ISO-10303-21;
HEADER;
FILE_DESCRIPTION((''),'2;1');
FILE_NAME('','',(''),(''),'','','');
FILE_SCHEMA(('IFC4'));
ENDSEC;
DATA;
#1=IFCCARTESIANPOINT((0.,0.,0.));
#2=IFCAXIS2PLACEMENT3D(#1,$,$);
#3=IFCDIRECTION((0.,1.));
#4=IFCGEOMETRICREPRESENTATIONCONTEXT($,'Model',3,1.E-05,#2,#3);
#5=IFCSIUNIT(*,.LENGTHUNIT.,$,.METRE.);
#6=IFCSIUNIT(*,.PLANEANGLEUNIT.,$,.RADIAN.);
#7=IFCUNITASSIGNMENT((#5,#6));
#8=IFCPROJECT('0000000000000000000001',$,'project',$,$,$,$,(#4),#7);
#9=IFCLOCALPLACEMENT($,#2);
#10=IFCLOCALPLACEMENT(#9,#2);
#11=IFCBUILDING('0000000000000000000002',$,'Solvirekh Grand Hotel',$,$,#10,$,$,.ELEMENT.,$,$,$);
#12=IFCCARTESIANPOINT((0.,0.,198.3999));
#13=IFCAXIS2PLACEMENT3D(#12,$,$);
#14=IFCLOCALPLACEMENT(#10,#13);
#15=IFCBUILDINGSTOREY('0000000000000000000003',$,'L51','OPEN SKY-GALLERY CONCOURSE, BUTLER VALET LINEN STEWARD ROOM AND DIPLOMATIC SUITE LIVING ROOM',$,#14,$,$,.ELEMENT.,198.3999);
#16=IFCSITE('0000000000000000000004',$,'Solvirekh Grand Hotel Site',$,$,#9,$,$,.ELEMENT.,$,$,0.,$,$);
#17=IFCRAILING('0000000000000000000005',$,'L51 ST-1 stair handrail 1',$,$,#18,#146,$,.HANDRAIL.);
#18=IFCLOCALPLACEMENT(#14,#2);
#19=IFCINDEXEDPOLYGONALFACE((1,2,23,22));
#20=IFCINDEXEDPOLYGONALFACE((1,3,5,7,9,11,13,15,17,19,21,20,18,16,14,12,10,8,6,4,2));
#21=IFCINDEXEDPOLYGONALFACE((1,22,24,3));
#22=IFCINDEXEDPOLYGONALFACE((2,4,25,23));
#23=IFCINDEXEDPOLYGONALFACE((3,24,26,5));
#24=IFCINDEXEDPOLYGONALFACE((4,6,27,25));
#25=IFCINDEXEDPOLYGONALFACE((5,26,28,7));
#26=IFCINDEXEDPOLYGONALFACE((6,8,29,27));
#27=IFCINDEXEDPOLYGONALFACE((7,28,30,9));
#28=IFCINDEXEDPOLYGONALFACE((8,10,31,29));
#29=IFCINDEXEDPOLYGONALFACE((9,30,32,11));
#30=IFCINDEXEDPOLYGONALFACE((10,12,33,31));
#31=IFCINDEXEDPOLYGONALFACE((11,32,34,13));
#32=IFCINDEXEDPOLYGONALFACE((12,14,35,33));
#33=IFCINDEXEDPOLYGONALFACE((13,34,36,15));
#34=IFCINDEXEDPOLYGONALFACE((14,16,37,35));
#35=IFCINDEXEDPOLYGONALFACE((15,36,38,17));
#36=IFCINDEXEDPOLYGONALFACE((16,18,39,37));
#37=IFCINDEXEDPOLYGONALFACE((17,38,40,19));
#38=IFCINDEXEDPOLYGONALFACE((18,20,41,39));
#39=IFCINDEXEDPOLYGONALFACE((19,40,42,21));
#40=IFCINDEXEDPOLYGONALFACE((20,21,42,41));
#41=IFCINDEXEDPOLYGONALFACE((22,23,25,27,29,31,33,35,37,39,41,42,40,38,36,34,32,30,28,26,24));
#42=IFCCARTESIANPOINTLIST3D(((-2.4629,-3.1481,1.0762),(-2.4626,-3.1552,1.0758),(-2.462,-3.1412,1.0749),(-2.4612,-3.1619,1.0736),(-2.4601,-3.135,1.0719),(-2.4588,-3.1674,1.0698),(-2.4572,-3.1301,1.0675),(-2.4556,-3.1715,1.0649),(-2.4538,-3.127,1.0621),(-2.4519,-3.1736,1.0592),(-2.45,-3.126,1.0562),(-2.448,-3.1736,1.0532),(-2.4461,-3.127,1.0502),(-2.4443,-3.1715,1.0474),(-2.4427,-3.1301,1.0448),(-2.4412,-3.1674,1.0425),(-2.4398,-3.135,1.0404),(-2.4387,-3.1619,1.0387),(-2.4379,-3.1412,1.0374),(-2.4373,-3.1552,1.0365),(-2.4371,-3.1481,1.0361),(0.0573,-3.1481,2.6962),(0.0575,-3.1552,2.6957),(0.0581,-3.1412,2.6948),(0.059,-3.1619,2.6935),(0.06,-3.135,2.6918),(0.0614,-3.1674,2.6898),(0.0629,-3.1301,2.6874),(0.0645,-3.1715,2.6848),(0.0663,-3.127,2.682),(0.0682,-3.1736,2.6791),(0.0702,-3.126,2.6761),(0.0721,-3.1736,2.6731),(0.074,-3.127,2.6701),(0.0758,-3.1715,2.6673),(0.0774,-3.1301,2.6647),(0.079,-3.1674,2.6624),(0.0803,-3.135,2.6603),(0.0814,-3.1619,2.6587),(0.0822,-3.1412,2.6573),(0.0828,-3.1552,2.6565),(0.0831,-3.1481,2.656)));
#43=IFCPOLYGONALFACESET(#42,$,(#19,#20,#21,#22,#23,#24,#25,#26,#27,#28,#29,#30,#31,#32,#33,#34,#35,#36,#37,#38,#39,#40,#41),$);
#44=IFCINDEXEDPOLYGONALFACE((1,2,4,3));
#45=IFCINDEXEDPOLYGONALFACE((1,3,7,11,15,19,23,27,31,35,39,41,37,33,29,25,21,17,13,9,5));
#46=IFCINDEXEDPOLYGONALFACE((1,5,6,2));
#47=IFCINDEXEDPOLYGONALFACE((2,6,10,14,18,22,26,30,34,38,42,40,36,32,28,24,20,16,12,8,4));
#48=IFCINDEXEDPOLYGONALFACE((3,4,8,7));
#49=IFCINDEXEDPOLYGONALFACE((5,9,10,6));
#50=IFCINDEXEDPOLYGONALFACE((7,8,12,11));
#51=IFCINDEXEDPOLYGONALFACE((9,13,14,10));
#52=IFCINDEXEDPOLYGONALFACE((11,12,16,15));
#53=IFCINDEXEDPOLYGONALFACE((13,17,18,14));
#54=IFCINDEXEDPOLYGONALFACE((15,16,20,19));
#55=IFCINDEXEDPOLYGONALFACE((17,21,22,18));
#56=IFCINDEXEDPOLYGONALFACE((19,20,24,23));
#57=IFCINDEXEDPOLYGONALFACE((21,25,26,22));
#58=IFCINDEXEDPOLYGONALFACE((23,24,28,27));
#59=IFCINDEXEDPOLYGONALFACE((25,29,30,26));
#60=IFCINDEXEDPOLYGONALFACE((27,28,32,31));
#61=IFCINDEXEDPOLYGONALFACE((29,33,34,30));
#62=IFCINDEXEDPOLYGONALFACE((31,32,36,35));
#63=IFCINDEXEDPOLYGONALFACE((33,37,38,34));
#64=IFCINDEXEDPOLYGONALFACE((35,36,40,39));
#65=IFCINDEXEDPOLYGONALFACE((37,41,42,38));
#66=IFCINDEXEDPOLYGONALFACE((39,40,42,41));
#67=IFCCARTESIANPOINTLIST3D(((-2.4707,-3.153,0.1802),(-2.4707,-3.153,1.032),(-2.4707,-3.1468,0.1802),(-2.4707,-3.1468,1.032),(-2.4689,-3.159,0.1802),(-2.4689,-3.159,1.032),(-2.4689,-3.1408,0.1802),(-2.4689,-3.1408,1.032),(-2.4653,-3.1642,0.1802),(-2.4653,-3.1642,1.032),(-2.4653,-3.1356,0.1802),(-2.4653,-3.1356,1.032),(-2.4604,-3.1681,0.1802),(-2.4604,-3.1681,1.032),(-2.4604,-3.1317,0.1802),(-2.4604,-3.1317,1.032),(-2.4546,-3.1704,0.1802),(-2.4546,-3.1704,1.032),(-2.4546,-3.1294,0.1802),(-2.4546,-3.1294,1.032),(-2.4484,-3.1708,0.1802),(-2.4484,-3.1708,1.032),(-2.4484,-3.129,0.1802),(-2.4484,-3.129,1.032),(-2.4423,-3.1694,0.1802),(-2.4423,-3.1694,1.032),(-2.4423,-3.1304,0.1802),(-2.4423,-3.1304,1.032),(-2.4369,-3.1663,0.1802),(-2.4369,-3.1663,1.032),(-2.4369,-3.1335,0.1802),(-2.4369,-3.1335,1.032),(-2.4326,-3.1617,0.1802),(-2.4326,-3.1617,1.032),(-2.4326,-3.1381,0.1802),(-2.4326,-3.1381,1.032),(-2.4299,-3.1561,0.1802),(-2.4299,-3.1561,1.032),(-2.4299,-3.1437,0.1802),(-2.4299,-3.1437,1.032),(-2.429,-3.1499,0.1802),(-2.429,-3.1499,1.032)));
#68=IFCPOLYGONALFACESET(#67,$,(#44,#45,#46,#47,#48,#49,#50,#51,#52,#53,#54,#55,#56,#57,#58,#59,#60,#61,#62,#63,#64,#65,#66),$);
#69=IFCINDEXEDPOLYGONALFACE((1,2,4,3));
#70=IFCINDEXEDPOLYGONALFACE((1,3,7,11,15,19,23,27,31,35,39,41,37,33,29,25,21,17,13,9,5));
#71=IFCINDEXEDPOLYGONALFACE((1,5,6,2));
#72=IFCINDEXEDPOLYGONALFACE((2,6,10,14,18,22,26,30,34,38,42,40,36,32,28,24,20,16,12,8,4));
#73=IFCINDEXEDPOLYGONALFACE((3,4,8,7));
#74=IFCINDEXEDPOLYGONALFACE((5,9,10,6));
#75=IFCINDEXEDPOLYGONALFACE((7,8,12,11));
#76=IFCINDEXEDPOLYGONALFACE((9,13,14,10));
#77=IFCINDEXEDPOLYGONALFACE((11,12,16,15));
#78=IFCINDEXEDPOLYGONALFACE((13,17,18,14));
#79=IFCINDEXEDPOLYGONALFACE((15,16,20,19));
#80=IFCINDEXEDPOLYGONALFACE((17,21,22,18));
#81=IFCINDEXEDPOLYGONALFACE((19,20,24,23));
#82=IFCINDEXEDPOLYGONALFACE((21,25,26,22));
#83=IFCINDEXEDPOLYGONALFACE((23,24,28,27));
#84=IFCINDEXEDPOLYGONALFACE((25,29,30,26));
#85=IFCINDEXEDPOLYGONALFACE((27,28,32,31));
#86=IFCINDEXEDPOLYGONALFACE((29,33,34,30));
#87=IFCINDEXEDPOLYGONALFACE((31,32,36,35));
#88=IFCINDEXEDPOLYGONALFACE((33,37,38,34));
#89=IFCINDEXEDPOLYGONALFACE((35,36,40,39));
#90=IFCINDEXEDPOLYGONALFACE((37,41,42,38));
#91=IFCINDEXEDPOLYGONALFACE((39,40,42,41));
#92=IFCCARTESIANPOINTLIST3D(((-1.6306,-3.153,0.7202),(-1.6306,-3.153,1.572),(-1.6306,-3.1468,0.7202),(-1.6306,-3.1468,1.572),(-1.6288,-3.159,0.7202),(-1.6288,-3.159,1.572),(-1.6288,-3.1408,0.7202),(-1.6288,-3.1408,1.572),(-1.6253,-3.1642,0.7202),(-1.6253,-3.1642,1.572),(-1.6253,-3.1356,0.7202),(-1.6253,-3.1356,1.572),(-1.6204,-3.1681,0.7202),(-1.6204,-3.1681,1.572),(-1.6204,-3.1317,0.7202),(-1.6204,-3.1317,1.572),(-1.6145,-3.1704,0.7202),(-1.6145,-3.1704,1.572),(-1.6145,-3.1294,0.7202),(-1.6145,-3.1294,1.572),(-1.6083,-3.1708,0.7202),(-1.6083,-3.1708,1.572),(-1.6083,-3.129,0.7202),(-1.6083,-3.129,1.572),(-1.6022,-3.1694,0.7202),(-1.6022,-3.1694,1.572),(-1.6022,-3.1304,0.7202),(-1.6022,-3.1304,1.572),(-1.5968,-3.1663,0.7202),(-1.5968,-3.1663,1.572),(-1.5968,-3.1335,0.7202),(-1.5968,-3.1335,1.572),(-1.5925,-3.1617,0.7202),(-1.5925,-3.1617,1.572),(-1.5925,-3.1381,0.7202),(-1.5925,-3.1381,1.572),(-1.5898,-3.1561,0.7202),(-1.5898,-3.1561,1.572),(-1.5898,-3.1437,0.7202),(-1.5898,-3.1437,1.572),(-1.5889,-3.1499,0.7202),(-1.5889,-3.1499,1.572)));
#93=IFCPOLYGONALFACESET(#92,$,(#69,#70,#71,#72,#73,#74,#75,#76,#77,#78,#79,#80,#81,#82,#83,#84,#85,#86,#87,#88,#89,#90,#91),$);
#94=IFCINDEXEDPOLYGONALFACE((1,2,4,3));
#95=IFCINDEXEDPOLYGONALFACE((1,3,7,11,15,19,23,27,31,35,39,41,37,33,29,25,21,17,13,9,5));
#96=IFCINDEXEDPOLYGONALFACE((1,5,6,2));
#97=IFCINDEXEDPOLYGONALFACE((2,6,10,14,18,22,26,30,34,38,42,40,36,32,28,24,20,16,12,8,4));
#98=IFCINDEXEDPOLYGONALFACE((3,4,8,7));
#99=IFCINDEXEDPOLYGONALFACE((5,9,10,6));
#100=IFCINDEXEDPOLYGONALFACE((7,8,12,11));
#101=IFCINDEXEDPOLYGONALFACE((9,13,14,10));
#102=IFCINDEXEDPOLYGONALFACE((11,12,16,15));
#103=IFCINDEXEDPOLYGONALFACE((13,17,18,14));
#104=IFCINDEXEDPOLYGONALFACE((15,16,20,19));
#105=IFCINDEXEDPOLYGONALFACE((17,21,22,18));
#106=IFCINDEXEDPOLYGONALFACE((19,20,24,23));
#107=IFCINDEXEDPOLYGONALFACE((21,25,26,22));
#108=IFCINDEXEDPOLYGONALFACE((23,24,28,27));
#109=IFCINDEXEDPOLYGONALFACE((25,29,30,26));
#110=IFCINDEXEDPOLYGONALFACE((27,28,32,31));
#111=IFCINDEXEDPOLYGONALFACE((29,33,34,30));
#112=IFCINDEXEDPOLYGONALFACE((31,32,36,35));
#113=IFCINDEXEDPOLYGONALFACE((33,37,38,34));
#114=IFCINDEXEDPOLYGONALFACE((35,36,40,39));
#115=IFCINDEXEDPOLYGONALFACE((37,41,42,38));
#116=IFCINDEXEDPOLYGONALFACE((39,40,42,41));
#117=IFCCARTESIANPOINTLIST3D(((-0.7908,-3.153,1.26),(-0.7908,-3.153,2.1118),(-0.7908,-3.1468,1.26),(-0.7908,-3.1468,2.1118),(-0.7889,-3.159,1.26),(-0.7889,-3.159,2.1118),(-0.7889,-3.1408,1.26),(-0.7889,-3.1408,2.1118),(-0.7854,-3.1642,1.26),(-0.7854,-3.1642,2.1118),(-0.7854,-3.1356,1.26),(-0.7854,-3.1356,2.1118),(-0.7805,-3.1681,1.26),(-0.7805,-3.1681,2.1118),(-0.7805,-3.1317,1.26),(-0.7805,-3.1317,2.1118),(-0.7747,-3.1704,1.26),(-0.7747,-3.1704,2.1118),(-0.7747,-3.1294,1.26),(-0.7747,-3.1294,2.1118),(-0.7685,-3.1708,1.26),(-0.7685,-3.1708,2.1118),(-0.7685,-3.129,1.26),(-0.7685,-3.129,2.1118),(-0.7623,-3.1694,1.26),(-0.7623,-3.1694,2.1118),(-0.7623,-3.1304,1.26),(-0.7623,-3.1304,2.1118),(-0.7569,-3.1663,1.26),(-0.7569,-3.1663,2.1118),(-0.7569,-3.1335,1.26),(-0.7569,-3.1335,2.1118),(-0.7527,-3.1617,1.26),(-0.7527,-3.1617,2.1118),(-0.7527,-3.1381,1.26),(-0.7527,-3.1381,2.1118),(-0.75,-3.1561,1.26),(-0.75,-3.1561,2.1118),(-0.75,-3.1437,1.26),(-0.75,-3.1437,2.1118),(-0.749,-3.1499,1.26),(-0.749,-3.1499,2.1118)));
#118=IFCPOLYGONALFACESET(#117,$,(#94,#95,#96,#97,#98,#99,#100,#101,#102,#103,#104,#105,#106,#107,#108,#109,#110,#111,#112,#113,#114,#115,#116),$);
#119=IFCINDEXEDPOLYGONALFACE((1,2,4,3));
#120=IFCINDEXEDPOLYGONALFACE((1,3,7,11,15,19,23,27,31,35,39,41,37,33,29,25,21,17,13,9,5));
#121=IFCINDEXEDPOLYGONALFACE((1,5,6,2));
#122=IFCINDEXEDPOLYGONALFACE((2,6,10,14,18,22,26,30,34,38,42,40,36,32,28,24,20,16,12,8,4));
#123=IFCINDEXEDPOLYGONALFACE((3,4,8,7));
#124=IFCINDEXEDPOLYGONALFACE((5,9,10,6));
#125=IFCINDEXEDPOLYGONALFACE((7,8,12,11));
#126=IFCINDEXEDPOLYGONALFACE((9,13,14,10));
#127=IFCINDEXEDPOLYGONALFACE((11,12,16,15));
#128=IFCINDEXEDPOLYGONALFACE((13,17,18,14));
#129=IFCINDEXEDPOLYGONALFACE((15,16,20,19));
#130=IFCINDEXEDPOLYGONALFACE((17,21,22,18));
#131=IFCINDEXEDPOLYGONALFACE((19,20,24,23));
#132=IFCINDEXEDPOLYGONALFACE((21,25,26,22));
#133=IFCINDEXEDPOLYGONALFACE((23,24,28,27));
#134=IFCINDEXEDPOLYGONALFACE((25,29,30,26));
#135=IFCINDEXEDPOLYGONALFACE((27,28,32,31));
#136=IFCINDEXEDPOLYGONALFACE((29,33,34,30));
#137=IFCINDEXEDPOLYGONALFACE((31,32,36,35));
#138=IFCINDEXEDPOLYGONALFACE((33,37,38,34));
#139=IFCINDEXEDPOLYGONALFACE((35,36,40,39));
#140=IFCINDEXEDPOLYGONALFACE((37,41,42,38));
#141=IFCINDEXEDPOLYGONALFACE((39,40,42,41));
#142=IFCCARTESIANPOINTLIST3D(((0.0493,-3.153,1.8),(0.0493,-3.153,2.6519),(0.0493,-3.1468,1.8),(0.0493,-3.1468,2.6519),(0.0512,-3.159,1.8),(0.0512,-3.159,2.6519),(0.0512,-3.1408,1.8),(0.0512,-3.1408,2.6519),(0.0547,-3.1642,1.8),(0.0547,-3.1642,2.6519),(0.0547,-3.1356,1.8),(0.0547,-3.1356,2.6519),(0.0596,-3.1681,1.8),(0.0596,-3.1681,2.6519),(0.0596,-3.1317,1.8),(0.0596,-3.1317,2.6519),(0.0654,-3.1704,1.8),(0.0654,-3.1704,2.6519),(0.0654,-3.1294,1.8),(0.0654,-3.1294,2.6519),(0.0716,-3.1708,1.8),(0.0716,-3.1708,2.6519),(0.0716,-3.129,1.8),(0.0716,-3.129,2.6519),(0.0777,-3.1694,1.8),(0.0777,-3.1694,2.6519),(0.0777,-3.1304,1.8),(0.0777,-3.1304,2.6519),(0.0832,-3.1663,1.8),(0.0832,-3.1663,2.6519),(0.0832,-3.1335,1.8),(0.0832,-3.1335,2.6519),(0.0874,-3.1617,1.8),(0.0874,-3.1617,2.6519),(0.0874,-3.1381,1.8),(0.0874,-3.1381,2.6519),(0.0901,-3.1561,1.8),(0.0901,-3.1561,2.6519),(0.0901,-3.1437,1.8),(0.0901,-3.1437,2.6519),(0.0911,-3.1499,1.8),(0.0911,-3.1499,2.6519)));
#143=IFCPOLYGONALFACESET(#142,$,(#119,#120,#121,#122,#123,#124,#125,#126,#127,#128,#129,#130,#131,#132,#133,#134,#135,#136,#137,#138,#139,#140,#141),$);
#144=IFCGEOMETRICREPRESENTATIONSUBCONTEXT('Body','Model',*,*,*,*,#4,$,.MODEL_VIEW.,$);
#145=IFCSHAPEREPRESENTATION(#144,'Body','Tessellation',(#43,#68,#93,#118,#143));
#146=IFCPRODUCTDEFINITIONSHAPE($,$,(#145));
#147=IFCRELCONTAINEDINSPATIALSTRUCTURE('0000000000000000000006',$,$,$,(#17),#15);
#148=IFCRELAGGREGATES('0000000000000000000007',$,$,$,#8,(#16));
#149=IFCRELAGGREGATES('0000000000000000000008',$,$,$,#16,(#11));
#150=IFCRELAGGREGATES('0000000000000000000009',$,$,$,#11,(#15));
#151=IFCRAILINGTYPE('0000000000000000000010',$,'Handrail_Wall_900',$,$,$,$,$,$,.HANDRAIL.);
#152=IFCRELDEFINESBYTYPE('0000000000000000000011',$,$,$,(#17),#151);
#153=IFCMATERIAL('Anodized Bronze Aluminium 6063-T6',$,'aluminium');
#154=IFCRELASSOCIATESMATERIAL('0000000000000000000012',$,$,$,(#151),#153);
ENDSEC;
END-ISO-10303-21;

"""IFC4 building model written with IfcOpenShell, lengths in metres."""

from ifc_helpers import new_model, si_unit, direction, frame, origin, origin_2d, place, context, subcontext, project, spatial, circle, extrude, material, type_object, element, save


model = new_model("IFC4")

# Units and contexts
model_context = context("Model", 3, precision=1e-05, world=origin(), true_north=direction((0.0, 1.0)))
body_context = subcontext(model_context, "Body", "Model", "MODEL_VIEW")
ifc_project = project(units=[si_unit("LENGTHUNIT", "METRE"), si_unit("PLANEANGLEUNIT", "RADIAN")], contexts=[model_context])

# Site, building, storey
site_placement = place(None, origin())
site = spatial("IfcSite", under=ifc_project, at=site_placement, Name="Solvirekh Grand Hotel Site", CompositionType="ELEMENT", RefElevation=0.0)
building_placement = place(site_placement, origin())
building = spatial("IfcBuilding", under=site, at=building_placement, Name="Solvirekh Grand Hotel", CompositionType="ELEMENT")
storey_placement = place(building_placement, frame((0.0, 0.0, 198.3999)))
storey = spatial("IfcBuildingStorey", under=building, at=storey_placement, Name="L51", Description="OPEN SKY-GALLERY CONCOURSE, BUTLER VALET LINEN STEWARD ROOM AND DIPLOMATIC SUITE LIVING ROOM", CompositionType="ELEMENT", Elevation=198.3999)

# Railing
ifc_material_1 = material(Name="Anodized Bronze Aluminium 6063-T6", Category="aluminium")
railing_type_1 = type_object("IfcRailingType", Name="Handrail_Wall_900", PredefinedType="HANDRAIL", material=ifc_material_1)
railing_1_placement = place(storey_placement, frame((-2.45, -3.1499, 0.1802)))
element("IfcRailing", 1, at=railing_1_placement, inside=storey, type_object=railing_type_1, Name="L51 ST-1 stair handrail 1", PredefinedType="HANDRAIL", context=body_context, shape_type="SweptSolid", body=[
    extrude(circle(Radius=0.0239, at=origin_2d()), frame((0.0, 0.0, 0.876), z_axis=(0.8412, 0.0, 0.540725), x_axis=(0.0, 1.0, 0.0)), (0.0, 0.0, 1.0), 2.9958),
    extrude(circle(Radius=0.021, at=origin_2d()), origin(), (0.0, 0.0, 1.0), 0.8518),
    extrude(circle(Radius=0.021, at=origin_2d()), frame((0.8401, 0.0, 0.54)), (0.0, 0.0, 1.0), 0.8518),
    extrude(circle(Radius=0.021, at=origin_2d()), frame((1.6799, 0.0, 1.0798)), (0.0, 0.0, 1.0), 0.8518),
    extrude(circle(Radius=0.021, at=origin_2d()), frame((2.52, 0.0, 1.6199)), (0.0, 0.0, 1.0), 0.8518),
])

save(model, "model.ifc")
